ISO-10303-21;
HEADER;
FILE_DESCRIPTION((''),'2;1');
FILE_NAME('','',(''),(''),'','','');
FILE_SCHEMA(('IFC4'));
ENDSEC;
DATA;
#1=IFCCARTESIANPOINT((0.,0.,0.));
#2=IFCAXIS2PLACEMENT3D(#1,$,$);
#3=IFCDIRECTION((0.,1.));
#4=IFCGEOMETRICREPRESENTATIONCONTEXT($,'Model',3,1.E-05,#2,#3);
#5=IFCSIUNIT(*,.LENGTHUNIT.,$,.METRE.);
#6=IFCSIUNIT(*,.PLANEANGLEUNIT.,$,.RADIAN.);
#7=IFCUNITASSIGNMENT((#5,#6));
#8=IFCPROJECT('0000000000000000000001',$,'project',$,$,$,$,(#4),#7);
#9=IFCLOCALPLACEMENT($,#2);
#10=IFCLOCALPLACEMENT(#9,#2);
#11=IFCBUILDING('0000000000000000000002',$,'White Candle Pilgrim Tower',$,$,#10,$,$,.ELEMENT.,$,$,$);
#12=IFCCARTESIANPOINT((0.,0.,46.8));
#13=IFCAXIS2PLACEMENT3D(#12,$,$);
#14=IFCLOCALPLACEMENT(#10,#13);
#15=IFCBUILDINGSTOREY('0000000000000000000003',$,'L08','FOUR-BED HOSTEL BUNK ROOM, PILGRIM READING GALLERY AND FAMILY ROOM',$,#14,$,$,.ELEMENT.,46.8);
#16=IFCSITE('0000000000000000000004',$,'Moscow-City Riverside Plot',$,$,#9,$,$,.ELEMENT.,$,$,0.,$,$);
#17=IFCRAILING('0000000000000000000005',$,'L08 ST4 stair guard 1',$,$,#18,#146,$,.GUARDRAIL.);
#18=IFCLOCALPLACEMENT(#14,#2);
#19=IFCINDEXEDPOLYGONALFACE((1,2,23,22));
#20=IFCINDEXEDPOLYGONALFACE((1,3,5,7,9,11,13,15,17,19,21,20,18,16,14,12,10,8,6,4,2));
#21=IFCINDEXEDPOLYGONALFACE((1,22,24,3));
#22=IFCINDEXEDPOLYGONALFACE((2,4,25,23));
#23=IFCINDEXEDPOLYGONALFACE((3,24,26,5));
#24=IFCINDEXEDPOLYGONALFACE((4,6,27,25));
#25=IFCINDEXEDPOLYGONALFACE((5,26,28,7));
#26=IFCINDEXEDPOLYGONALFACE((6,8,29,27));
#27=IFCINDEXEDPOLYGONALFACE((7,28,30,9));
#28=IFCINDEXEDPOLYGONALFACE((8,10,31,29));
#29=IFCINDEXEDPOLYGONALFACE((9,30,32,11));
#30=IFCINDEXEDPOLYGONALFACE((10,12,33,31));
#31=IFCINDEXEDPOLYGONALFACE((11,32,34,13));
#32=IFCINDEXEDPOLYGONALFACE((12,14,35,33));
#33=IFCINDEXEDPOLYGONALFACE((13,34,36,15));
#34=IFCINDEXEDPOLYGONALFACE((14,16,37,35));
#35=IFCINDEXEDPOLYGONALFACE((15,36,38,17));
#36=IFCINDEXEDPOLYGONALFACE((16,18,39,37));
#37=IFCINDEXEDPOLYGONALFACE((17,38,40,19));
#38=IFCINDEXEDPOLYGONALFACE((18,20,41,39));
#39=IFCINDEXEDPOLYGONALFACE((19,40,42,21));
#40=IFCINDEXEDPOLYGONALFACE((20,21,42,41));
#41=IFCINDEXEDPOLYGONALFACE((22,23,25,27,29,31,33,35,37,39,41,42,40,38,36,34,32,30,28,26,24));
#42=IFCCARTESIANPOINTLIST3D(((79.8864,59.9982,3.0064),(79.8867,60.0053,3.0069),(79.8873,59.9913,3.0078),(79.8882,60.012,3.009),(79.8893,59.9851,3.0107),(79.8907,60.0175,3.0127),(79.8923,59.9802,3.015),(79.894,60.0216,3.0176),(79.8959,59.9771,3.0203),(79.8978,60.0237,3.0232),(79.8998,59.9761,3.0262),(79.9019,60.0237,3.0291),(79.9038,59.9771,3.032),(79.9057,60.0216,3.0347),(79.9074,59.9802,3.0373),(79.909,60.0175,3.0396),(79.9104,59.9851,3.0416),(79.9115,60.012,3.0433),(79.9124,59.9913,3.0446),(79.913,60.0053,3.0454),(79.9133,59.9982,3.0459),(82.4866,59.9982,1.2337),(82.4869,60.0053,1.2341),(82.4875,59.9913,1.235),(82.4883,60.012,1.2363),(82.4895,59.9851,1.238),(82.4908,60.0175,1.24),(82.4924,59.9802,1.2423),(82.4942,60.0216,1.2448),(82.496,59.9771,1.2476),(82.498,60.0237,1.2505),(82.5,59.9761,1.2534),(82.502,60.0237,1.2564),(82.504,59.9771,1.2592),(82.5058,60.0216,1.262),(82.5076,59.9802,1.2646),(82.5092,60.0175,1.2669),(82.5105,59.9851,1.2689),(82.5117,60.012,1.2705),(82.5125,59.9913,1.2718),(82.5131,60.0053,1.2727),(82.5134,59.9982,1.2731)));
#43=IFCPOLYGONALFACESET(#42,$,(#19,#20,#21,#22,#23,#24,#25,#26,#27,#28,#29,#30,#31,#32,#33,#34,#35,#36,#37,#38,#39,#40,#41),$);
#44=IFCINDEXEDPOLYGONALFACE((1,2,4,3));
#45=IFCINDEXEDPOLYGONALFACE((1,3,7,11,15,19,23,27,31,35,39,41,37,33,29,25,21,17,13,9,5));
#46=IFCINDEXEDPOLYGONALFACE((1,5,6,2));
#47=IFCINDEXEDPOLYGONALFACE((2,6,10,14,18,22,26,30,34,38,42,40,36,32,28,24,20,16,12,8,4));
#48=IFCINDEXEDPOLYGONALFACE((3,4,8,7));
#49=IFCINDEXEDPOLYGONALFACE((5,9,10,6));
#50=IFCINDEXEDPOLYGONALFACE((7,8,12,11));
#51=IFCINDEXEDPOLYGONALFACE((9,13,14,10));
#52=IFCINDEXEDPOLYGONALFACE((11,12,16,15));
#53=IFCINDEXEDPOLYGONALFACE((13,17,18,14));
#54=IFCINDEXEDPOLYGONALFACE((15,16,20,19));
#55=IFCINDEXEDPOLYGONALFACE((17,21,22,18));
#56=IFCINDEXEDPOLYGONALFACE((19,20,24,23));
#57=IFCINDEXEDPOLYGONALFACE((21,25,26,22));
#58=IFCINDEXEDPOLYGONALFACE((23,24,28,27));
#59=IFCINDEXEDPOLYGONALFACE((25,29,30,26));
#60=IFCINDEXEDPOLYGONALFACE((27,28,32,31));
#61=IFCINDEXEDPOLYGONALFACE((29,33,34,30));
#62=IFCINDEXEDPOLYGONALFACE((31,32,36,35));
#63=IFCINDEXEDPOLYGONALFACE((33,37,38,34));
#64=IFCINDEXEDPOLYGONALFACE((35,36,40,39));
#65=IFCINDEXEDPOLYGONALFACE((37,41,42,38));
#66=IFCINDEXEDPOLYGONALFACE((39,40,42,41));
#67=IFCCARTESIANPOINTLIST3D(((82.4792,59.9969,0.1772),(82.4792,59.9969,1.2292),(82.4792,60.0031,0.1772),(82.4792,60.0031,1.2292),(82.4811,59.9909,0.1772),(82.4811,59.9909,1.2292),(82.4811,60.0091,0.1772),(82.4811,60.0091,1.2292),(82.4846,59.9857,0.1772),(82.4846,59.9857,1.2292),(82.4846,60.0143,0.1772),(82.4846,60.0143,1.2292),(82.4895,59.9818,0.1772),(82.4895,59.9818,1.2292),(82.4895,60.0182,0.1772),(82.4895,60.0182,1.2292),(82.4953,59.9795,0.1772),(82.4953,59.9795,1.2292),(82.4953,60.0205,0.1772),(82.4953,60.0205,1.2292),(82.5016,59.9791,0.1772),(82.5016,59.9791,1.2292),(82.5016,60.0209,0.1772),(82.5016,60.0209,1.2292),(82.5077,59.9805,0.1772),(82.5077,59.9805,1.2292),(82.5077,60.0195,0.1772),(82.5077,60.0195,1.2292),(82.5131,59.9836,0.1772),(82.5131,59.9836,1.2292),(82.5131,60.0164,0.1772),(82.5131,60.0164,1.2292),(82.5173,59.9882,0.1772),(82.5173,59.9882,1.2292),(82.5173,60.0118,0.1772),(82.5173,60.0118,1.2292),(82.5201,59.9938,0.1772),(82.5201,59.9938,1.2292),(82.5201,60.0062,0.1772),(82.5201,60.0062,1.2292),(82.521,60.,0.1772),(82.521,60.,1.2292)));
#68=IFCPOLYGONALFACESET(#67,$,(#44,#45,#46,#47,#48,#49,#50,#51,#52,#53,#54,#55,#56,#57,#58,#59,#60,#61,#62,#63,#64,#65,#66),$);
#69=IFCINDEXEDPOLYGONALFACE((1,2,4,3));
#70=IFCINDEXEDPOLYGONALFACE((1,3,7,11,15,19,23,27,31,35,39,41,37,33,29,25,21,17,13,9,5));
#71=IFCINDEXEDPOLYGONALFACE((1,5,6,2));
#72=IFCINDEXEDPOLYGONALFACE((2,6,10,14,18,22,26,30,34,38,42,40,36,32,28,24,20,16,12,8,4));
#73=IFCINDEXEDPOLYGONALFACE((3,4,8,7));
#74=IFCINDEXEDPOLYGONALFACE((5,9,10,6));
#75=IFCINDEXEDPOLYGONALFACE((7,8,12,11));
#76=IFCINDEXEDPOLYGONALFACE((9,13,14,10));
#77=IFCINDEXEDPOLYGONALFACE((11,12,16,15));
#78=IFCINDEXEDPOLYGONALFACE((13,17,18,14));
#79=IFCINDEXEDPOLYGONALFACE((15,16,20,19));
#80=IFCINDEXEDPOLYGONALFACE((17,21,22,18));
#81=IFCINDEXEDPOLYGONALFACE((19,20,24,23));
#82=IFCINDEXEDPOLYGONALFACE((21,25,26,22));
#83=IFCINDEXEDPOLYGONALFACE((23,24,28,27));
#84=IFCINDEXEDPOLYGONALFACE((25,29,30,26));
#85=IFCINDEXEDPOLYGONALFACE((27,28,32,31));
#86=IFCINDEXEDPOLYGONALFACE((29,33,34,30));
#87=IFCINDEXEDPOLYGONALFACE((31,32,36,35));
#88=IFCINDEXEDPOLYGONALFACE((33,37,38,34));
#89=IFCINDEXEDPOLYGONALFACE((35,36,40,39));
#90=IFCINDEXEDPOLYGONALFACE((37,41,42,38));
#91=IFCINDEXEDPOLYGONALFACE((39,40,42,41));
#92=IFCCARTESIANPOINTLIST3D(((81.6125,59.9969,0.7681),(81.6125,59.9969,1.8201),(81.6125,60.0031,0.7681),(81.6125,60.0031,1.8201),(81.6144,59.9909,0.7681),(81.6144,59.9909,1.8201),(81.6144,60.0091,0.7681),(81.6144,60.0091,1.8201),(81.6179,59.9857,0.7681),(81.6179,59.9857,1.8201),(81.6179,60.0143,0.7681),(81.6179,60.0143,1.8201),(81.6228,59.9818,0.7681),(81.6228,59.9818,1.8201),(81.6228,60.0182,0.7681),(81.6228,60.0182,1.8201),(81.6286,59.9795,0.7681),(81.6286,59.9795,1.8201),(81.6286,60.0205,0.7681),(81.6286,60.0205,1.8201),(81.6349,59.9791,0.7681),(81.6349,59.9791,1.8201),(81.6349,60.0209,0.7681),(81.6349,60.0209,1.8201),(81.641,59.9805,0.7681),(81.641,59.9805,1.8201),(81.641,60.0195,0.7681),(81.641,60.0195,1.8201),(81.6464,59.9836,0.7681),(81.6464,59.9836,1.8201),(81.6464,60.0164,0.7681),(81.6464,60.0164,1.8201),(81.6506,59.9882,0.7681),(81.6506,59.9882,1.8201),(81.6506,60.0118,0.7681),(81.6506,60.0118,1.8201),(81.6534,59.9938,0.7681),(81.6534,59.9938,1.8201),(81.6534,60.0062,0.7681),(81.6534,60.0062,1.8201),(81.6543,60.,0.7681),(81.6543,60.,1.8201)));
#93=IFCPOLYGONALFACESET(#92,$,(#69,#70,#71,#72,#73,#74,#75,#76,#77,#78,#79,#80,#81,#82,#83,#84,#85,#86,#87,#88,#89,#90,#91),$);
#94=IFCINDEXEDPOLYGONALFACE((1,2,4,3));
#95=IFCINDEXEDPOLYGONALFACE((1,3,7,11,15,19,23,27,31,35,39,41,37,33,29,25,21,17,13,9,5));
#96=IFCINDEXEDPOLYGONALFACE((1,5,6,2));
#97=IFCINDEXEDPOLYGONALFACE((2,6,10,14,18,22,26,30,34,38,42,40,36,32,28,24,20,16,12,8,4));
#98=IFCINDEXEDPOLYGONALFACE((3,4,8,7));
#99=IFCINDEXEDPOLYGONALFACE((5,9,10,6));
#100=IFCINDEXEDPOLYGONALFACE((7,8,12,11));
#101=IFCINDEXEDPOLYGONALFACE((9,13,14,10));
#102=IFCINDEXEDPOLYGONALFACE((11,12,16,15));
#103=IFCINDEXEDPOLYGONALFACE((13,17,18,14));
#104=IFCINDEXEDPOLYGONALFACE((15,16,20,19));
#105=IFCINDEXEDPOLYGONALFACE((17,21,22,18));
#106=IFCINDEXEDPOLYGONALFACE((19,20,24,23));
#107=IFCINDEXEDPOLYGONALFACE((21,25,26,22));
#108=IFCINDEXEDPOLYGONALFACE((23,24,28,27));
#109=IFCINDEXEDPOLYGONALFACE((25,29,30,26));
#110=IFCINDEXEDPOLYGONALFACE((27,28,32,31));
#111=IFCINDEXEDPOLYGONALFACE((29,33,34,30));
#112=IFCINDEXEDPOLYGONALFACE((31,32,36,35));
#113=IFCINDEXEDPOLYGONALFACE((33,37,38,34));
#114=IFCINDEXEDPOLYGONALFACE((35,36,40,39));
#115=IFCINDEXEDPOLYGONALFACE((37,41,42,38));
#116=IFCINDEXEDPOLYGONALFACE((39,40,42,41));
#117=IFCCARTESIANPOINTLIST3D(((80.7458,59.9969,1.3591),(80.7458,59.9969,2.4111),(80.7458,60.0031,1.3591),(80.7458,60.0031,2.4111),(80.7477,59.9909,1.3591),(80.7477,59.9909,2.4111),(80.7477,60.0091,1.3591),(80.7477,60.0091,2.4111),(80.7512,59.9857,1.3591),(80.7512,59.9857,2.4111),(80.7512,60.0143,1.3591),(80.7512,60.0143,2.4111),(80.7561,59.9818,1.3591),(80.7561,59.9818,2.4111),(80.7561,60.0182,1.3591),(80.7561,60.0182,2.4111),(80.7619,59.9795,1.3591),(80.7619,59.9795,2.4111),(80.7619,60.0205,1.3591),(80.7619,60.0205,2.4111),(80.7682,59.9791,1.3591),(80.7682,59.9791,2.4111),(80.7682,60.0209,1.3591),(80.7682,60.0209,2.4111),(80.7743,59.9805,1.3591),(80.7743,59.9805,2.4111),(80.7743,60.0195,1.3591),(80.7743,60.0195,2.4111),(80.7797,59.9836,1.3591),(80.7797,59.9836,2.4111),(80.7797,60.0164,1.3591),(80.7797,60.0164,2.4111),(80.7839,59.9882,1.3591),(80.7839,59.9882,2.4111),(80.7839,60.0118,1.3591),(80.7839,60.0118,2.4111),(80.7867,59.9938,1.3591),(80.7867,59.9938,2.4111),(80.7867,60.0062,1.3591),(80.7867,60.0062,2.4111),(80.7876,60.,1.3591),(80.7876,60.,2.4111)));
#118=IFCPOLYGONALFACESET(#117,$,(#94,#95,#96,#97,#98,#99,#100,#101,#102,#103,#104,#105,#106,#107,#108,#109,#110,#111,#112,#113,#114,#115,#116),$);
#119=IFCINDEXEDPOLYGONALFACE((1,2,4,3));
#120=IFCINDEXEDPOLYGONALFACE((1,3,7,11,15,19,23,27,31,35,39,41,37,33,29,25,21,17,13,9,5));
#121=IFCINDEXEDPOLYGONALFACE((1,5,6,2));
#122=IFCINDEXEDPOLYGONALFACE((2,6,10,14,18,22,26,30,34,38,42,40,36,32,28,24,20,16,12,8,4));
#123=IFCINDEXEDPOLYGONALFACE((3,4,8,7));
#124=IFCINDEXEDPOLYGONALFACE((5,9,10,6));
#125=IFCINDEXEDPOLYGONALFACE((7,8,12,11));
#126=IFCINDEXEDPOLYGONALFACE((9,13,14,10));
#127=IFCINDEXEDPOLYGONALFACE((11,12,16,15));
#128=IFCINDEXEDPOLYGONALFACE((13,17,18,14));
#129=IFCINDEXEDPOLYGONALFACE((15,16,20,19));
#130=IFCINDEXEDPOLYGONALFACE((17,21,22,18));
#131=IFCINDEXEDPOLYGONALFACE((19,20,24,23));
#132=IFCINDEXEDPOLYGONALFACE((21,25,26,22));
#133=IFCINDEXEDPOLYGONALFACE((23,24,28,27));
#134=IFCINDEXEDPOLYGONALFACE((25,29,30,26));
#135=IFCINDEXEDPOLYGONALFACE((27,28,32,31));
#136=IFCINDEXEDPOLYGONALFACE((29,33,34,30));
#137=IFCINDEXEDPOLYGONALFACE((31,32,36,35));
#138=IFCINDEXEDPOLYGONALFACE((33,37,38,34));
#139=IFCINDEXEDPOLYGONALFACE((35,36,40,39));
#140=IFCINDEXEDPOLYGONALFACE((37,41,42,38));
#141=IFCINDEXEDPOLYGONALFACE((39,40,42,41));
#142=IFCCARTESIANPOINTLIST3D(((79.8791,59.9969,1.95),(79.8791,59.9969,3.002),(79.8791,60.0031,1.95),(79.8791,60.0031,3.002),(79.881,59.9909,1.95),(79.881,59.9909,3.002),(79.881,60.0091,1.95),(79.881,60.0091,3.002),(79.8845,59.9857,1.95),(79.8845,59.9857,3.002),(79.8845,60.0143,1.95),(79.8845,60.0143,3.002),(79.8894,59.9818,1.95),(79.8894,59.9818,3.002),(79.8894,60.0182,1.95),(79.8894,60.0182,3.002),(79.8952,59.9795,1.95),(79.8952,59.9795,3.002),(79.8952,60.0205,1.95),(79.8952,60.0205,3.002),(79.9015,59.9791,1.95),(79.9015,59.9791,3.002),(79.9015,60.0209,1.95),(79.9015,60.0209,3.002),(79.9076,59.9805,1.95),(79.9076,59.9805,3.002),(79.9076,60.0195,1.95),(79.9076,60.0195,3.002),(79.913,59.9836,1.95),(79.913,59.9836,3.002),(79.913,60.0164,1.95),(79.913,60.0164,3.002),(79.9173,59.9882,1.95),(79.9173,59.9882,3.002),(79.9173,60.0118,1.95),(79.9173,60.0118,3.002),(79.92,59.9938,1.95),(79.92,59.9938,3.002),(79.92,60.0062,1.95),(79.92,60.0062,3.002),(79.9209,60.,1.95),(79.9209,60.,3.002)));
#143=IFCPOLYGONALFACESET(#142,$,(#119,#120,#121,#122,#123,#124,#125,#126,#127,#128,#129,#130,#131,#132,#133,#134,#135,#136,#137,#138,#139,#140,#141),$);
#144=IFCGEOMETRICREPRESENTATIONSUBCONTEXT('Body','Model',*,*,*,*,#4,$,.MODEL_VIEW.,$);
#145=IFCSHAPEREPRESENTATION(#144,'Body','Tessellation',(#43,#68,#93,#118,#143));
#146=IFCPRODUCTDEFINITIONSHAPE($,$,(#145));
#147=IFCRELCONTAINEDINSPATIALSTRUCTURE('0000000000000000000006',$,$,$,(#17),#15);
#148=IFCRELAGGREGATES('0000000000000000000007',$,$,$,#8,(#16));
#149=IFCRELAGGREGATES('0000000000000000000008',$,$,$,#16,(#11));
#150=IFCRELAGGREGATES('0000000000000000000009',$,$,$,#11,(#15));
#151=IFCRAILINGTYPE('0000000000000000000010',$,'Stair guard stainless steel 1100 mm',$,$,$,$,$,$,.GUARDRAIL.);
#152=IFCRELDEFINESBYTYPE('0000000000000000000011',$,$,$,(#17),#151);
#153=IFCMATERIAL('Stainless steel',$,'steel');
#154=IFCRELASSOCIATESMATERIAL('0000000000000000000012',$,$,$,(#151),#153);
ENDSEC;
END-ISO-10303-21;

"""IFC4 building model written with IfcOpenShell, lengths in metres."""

from ifc_helpers import new_model, si_unit, direction, frame, origin, origin_2d, place, context, subcontext, project, spatial, circle, extrude, material, type_object, element, save


model = new_model("IFC4")

# Units and contexts
model_context = context("Model", 3, precision=1e-05, world=origin(), true_north=direction((0.0, 1.0)))
body_context = subcontext(model_context, "Body", "Model", "MODEL_VIEW")
ifc_project = project(units=[si_unit("LENGTHUNIT", "METRE"), si_unit("PLANEANGLEUNIT", "RADIAN")], contexts=[model_context])

# Site, building, storey
site_placement = place(None, origin())
site = spatial("IfcSite", under=ifc_project, at=site_placement, Name="Moscow-City Riverside Plot", CompositionType="ELEMENT", RefElevation=0.0)
building_placement = place(site_placement, origin())
building = spatial("IfcBuilding", under=site, at=building_placement, Name="White Candle Pilgrim Tower", CompositionType="ELEMENT")
storey_placement = place(building_placement, frame((0.0, 0.0, 46.8)))
storey = spatial("IfcBuildingStorey", under=building, at=storey_placement, Name="L08", Description="FOUR-BED HOSTEL BUNK ROOM, PILGRIM READING GALLERY AND FAMILY ROOM", CompositionType="ELEMENT", Elevation=46.8)

# Railing
ifc_material_1 = material(Name="Stainless steel", Category="steel")
railing_type_1 = type_object("IfcRailingType", Name="Stair guard stainless steel 1100 mm", PredefinedType="GUARDRAIL", material=ifc_material_1)
railing_1_placement = place(storey_placement, frame((82.5, 60.0, 0.1772)))
element("IfcRailing", 1, at=railing_1_placement, inside=storey, type_object=railing_type_1, Name="L08 ST4 stair guard 1", PredefinedType="GUARDRAIL", context=body_context, shape_type="SweptSolid", body=[
    extrude(circle(Radius=0.0239, at=origin_2d()), frame((0.0, 0.0, 1.0762), z_axis=(-0.82624, 0.0, 0.563318), x_axis=(0.0, -1.0, 0.0)), (0.0, 0.0, 1.0), 3.147),
    extrude(circle(Radius=0.021, at=origin_2d()), origin(), (0.0, 0.0, 1.0), 1.052),
    extrude(circle(Radius=0.021, at=origin_2d()), frame((-0.8667, 0.0, 0.5908)), (0.0, 0.0, 1.0), 1.052),
    extrude(circle(Radius=0.021, at=origin_2d()), frame((-1.7334, 0.0, 1.1819)), (0.0, 0.0, 1.0), 1.052),
    extrude(circle(Radius=0.021, at=origin_2d()), frame((-2.6001, 0.0, 1.7727)), (0.0, 0.0, 1.0), 1.052),
])

save(model, "model.ifc")
